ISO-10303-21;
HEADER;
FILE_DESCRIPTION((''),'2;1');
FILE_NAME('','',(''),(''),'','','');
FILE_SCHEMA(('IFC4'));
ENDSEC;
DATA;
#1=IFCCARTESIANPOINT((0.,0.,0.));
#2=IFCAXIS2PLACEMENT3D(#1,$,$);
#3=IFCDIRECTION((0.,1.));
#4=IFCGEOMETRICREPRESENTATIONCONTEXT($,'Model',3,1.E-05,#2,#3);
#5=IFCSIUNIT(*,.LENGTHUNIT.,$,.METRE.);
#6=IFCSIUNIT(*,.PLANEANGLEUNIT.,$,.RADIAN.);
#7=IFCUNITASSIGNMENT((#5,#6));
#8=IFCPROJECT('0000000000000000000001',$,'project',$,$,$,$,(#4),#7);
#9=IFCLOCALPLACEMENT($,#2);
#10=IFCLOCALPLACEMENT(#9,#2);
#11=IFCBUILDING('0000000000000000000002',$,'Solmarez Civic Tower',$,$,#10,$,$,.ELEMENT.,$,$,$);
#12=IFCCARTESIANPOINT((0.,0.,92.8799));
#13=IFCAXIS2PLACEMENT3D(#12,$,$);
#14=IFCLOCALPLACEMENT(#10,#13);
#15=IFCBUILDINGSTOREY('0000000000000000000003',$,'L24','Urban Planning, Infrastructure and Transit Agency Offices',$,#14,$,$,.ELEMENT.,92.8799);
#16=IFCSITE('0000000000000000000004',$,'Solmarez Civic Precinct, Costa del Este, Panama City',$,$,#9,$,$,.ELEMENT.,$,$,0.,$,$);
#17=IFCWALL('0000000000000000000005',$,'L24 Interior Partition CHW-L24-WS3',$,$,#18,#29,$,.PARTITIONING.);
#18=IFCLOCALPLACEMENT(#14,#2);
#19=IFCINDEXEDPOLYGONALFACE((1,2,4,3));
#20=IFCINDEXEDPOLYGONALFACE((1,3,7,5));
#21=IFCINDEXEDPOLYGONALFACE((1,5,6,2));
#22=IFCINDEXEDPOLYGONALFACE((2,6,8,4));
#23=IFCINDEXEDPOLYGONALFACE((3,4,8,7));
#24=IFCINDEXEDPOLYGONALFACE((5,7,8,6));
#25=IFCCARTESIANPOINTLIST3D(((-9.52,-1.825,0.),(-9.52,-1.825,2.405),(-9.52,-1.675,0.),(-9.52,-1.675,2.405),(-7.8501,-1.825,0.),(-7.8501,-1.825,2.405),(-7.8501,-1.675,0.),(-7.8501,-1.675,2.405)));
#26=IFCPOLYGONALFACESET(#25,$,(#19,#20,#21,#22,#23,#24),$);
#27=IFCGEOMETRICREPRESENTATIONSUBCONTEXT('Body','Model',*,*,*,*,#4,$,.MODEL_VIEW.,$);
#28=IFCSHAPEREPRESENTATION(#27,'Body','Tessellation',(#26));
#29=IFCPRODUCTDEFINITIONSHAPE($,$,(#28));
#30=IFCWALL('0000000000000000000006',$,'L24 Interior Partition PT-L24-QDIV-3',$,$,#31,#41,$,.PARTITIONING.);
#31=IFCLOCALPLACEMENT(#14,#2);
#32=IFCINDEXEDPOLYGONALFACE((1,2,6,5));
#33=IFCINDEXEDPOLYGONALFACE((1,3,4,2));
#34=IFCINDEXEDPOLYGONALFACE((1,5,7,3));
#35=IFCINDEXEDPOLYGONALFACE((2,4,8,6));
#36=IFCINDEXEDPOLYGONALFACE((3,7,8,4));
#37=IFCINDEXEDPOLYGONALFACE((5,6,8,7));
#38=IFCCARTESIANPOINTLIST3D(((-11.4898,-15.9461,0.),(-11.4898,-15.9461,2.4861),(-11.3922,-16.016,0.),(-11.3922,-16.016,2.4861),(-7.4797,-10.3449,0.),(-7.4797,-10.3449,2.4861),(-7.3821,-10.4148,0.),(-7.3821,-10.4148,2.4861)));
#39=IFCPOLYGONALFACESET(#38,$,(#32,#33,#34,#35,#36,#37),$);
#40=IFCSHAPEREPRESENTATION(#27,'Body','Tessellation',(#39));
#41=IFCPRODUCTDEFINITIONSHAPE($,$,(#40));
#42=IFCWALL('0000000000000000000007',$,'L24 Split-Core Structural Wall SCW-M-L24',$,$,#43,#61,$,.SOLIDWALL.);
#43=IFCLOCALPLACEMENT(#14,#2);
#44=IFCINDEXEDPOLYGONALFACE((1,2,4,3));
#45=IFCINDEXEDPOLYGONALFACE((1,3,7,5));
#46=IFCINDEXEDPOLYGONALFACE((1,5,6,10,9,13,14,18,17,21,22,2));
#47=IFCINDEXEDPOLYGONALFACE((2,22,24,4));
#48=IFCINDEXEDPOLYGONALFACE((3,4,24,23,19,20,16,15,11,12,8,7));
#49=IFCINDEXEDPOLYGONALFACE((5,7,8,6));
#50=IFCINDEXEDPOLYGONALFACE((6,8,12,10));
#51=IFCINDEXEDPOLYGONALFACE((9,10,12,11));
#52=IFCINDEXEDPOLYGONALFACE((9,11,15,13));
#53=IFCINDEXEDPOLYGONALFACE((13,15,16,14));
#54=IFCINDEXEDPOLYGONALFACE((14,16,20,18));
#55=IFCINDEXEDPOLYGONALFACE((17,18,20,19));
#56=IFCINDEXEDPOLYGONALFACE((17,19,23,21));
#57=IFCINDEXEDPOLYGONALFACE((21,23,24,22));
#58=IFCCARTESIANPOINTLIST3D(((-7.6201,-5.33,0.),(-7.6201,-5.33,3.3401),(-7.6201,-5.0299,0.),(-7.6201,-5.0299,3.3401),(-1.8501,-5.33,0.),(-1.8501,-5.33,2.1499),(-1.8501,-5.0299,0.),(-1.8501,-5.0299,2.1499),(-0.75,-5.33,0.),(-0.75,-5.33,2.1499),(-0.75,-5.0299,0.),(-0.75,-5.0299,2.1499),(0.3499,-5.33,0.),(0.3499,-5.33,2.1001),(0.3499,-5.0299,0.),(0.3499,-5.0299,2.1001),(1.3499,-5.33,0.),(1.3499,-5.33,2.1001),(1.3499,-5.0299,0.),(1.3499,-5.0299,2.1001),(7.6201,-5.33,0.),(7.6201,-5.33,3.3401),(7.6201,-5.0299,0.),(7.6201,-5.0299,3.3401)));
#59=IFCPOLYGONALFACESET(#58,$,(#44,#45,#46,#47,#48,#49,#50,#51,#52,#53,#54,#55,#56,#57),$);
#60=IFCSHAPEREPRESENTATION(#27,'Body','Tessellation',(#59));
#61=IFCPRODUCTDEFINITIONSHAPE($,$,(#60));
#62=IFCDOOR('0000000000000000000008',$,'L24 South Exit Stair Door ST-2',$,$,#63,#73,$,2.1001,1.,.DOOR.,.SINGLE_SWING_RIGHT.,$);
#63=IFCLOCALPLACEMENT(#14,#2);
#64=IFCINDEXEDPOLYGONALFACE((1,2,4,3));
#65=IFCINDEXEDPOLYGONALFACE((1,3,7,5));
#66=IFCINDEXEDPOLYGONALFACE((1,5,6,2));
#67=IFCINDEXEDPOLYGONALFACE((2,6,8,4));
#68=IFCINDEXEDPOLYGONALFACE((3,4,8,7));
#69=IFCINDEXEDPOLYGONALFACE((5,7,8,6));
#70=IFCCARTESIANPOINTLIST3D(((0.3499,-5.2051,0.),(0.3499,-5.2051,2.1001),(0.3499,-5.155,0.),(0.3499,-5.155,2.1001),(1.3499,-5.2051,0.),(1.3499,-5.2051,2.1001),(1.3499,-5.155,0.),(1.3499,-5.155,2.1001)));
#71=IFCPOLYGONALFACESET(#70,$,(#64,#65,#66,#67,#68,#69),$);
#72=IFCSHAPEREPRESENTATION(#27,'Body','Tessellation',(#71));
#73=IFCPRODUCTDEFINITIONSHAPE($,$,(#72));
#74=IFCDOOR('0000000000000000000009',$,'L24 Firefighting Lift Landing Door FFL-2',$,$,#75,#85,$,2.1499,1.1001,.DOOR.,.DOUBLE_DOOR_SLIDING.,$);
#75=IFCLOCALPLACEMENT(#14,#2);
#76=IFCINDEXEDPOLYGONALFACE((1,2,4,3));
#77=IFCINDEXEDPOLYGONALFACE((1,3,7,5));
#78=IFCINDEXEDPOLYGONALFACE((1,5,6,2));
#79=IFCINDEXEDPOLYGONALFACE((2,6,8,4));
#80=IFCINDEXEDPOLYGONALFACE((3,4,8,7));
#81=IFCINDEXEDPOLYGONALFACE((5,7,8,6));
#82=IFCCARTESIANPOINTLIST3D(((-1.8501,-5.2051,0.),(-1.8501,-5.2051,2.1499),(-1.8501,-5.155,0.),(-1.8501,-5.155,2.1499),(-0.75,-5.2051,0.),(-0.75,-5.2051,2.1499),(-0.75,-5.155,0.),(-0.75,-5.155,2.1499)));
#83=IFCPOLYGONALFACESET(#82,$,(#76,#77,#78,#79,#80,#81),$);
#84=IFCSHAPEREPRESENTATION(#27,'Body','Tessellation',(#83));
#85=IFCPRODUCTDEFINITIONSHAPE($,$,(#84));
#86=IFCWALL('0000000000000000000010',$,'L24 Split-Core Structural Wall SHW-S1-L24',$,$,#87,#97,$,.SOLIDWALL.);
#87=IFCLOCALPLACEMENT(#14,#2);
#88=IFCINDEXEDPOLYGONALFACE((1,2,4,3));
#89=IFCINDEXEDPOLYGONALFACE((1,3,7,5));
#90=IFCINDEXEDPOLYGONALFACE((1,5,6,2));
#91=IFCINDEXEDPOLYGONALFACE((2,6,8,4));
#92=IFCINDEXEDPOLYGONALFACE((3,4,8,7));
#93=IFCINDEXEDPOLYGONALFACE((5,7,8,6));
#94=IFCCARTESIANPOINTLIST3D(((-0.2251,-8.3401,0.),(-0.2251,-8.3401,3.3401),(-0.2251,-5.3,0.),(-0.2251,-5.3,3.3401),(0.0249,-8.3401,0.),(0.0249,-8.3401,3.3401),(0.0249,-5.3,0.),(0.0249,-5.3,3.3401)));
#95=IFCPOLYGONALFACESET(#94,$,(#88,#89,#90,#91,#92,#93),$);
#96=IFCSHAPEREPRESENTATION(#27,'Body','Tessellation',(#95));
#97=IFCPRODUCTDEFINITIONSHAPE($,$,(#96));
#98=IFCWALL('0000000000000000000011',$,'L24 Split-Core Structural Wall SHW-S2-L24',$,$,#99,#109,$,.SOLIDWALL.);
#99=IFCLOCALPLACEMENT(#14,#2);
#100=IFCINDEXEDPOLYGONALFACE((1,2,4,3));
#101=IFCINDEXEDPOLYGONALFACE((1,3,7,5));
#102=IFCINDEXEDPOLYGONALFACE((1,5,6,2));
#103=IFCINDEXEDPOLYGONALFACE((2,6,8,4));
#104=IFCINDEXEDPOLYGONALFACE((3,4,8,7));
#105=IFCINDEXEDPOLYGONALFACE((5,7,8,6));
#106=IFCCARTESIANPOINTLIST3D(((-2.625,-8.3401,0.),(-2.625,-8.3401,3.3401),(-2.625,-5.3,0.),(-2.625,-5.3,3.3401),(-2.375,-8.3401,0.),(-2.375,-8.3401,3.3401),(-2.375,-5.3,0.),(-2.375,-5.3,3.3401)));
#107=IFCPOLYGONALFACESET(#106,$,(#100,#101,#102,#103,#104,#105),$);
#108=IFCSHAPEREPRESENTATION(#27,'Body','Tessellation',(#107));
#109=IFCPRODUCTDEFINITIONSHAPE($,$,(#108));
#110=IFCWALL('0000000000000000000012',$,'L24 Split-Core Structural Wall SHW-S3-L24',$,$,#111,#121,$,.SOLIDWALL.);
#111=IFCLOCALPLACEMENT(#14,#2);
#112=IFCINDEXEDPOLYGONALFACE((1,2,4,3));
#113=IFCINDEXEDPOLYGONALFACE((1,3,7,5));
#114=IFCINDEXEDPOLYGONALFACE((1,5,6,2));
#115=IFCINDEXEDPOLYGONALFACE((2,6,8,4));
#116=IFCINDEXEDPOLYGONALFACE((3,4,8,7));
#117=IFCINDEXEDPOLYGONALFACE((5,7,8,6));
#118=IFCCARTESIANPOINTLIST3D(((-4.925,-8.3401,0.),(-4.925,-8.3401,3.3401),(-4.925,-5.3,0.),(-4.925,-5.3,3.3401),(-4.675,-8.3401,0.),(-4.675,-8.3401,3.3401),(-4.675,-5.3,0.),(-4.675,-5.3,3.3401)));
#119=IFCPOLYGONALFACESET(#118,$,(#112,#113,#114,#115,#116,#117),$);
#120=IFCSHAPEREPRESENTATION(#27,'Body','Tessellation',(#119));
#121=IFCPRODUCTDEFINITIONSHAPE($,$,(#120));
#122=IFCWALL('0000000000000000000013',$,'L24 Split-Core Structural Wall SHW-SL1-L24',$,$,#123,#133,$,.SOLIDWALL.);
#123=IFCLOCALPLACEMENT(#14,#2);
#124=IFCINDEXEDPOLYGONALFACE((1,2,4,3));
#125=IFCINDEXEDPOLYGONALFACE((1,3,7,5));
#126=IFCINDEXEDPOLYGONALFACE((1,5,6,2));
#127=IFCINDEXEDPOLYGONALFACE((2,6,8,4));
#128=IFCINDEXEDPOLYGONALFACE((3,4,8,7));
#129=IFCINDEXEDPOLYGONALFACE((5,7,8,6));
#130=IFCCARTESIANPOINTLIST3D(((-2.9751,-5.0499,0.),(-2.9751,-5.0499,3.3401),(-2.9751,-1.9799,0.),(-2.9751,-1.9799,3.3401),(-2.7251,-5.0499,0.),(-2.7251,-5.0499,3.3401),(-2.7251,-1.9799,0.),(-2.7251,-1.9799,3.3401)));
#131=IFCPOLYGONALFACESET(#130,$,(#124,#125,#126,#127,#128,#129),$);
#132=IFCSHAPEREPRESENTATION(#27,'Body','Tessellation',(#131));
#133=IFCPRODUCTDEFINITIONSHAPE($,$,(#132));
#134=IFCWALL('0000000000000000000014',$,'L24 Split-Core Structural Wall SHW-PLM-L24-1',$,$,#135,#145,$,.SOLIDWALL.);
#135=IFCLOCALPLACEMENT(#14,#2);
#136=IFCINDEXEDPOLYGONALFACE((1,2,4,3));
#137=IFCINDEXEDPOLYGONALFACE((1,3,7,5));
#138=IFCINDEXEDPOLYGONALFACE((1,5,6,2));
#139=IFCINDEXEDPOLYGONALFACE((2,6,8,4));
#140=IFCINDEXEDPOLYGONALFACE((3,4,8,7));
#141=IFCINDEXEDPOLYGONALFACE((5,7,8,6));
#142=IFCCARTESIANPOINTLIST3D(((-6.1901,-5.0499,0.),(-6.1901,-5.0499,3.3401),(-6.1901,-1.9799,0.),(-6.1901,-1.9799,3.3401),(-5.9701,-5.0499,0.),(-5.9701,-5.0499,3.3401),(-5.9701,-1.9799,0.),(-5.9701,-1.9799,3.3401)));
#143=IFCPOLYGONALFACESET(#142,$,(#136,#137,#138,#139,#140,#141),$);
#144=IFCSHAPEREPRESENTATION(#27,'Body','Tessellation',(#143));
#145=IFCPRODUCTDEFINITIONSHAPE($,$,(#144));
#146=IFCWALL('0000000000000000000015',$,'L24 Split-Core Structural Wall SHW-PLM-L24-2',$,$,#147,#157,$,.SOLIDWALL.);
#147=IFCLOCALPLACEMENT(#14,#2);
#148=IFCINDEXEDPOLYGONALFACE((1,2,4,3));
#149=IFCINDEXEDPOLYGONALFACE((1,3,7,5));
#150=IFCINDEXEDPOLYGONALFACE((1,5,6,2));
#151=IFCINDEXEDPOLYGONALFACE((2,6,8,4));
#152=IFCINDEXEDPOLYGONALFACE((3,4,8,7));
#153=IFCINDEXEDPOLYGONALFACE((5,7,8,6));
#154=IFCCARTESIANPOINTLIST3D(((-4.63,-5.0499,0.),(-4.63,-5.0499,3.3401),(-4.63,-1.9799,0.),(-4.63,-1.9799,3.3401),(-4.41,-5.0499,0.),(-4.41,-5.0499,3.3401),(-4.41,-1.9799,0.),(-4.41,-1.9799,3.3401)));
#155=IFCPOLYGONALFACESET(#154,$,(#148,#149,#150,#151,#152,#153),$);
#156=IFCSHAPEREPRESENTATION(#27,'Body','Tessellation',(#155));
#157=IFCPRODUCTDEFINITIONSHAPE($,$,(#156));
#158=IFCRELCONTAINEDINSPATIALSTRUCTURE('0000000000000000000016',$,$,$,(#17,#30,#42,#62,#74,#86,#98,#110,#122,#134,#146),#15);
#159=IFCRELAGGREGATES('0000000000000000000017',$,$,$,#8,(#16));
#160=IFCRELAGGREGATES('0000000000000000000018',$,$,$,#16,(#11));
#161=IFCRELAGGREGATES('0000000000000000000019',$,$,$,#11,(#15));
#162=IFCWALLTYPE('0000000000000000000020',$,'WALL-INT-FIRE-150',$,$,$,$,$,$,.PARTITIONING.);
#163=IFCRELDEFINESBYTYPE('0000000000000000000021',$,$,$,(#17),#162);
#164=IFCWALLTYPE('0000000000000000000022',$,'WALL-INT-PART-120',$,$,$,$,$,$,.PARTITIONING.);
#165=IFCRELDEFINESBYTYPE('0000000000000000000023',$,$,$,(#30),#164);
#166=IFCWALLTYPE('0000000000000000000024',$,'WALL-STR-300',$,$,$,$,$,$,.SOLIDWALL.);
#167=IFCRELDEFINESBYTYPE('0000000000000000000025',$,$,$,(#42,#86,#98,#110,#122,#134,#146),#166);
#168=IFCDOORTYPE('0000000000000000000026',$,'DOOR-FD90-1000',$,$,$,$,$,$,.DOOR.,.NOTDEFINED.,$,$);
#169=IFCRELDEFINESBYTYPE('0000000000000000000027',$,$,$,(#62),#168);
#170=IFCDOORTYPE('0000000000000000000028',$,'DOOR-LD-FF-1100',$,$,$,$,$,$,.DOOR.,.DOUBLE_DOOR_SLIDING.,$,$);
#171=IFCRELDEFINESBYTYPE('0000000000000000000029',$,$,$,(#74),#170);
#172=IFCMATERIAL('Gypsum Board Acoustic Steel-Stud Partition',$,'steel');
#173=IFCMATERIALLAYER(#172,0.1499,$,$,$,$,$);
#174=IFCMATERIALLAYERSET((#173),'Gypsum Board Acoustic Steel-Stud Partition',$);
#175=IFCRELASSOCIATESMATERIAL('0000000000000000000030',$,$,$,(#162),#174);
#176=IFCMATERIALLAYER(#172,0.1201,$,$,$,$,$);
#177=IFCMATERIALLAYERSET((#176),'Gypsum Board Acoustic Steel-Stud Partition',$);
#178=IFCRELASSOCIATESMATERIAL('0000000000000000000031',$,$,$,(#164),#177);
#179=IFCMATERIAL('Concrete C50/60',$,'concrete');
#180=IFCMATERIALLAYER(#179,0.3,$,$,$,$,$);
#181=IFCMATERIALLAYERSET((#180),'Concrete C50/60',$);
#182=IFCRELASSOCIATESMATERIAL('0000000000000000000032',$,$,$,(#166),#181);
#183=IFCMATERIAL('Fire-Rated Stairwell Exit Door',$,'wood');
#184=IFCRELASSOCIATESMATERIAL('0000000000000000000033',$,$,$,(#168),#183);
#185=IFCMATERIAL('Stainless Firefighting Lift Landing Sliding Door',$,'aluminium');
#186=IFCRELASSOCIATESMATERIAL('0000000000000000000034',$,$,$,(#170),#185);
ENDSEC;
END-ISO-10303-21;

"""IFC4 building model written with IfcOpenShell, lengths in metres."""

from ifc_helpers import new_model, si_unit, direction, frame, frame_2d, origin, place, context, subcontext, project, spatial, rectangle, extrude, material, layer, layer_set, type_object, element, fill, save


model = new_model("IFC4")

# Units and contexts
model_context = context("Model", 3, precision=1e-05, world=origin(), true_north=direction((0.0, 1.0)))
body_context = subcontext(model_context, "Body", "Model", "MODEL_VIEW")
ifc_project = project(units=[si_unit("LENGTHUNIT", "METRE"), si_unit("PLANEANGLEUNIT", "RADIAN")], contexts=[model_context])

# Site, building, storey
site_placement = place(None, origin())
site = spatial("IfcSite", under=ifc_project, at=site_placement, Name="Solmarez Civic Precinct, Costa del Este, Panama City", CompositionType="ELEMENT", RefElevation=0.0)
building_placement = place(site_placement, origin())
building = spatial("IfcBuilding", under=site, at=building_placement, Name="Solmarez Civic Tower", CompositionType="ELEMENT")
storey_placement = place(building_placement, frame((0.0, 0.0, 92.8799)))
storey = spatial("IfcBuildingStorey", under=building, at=storey_placement, Name="L24", Description="Urban Planning, Infrastructure and Transit Agency Offices", CompositionType="ELEMENT", Elevation=92.8799)

# Shared definitions
ifc_material_1 = material(Name="Concrete C50/60", Category="concrete")

# Walls
ifc_material_2 = material(Name="Gypsum Board Acoustic Steel-Stud Partition", Category="steel")
ifc_layer_1 = layer(ifc_material_2, 0.1499)
ifc_layer_set_1 = layer_set([ifc_layer_1], Name="Gypsum Board Acoustic Steel-Stud Partition")
wall_type_1 = type_object("IfcWallType", Name="WALL-INT-FIRE-150", PredefinedType="PARTITIONING", material=ifc_layer_set_1)
wall_1_placement = place(storey_placement, frame((-7.8501, -1.75, 0.0), z_axis=(0.0, 0.0, 1.0), x_axis=(-1.0, 0.0, 0.0)))
element("IfcWall", 1, at=wall_1_placement, inside=storey, type_object=wall_type_1, Name="L24 Interior Partition CHW-L24-WS3", PredefinedType="PARTITIONING", context=body_context, shape_type="SweptSolid", body=[
    extrude(rectangle(XDim=1.6699, YDim=0.1499, at=frame_2d((0.835, 0.0))), origin(), (0.0, 0.0, 1.0), 2.405),
])
ifc_layer_2 = layer(ifc_material_2, 0.1201)
ifc_layer_set_2 = layer_set([ifc_layer_2], Name="Gypsum Board Acoustic Steel-Stud Partition")
wall_type_2 = type_object("IfcWallType", Name="WALL-INT-PART-120", PredefinedType="PARTITIONING", material=ifc_layer_set_2)
wall_2_placement = place(storey_placement, frame((-7.4309, -10.3799, 0.0), z_axis=(0.0, 0.0, 1.0), x_axis=(-0.582126, -0.813098, 0.0)))
element("IfcWall", 2, at=wall_2_placement, inside=storey, type_object=wall_type_2, Name="L24 Interior Partition PT-L24-QDIV-3", PredefinedType="PARTITIONING", context=body_context, shape_type="SweptSolid", body=[
    extrude(rectangle(XDim=6.8887, YDim=0.1201, at=frame_2d((3.4443, 0.0))), origin(), (0.0, 0.0, 1.0), 2.4861),
])

# Wall, openings, doors
ifc_layer_3 = layer(ifc_material_1, 0.3)
ifc_layer_set_3 = layer_set([ifc_layer_3], Name="Concrete C50/60")
wall_type_3 = type_object("IfcWallType", Name="WALL-STR-300", PredefinedType="SOLIDWALL", material=ifc_layer_set_3)
wall_3_placement = place(storey_placement, frame((-7.6201, -5.1799, 0.0), z_axis=(0.0, 0.0, 1.0), x_axis=(1.0, 0.0, 0.0)))
wall_3 = element("IfcWall", 3, at=wall_3_placement, inside=storey, type_object=wall_type_3, Name="L24 Split-Core Structural Wall SCW-M-L24", PredefinedType="SOLIDWALL", context=body_context, shape_type="SweptSolid", body=[
    extrude(rectangle(XDim=15.2402, YDim=0.3, at=frame_2d((7.6201, 0.0))), origin(), (0.0, 0.0, 1.0), 3.3401),
])
opening_1_placement = place(wall_3_placement, frame((5.77, 0.0, 0.0)))
opening_1 = element("IfcOpeningElement", 4, at=opening_1_placement, cuts=wall_3, PredefinedType="OPENING", context=body_context, shape_type="SweptSolid", body=[
    extrude(rectangle(XDim=1.1001, YDim=2.1499, at=frame_2d((0.55, 1.075))), frame((0.0, 0.1599, 0.0), z_axis=(0.0, -1.0, 0.0), x_axis=(1.0, 0.0, 0.0)), (0.0, 0.0, 1.0), 0.3201),
])
opening_2_placement = place(wall_3_placement, frame((7.97, 0.0, 0.0)))
opening_2 = element("IfcOpeningElement", 5, at=opening_2_placement, cuts=wall_3, PredefinedType="OPENING", context=body_context, shape_type="SweptSolid", body=[
    extrude(rectangle(XDim=1.0, YDim=2.1001, at=frame_2d((0.5, 1.05))), frame((0.0, 0.1599, 0.0), z_axis=(0.0, -1.0, 0.0), x_axis=(1.0, 0.0, 0.0)), (0.0, 0.0, 1.0), 0.3201),
])
ifc_material_3 = material(Name="Fire-Rated Stairwell Exit Door", Category="wood")
door_type_1 = type_object("IfcDoorType", Name="DOOR-FD90-1000", OperationType="NOTDEFINED", PredefinedType="DOOR", material=ifc_material_3)
door_1_placement = place(opening_2_placement, origin())
door_1 = element("IfcDoor", 6, at=door_1_placement, inside=storey, type_object=door_type_1, Name="L24 South Exit Stair Door ST-2", OperationType="SINGLE_SWING_RIGHT", OverallHeight=2.1001, OverallWidth=1.0, PredefinedType="DOOR", context=body_context, shape_type="SweptSolid", body=[
    extrude(rectangle(XDim=1.0, YDim=2.1001, at=frame_2d((0.5, 1.05))), frame((0.0, 0.0249, 0.0), z_axis=(0.0, -1.0, 0.0), x_axis=(1.0, 0.0, 0.0)), (0.0, 0.0, 1.0), 0.05),
])
fill(opening_2, door_1)
ifc_material_4 = material(Name="Stainless Firefighting Lift Landing Sliding Door", Category="aluminium")
door_type_2 = type_object("IfcDoorType", Name="DOOR-LD-FF-1100", OperationType="DOUBLE_DOOR_SLIDING", PredefinedType="DOOR", material=ifc_material_4)
door_2_placement = place(opening_1_placement, origin())
door_2 = element("IfcDoor", 7, at=door_2_placement, inside=storey, type_object=door_type_2, Name="L24 Firefighting Lift Landing Door FFL-2", OperationType="DOUBLE_DOOR_SLIDING", OverallHeight=2.1499, OverallWidth=1.1001, PredefinedType="DOOR", context=body_context, shape_type="SweptSolid", body=[
    extrude(rectangle(XDim=1.1001, YDim=2.1499, at=frame_2d((0.55, 1.075))), frame((0.0, 0.0249, 0.0), z_axis=(0.0, -1.0, 0.0), x_axis=(1.0, 0.0, 0.0)), (0.0, 0.0, 1.0), 0.05),
])
fill(opening_1, door_2)

# Walls
for number, where, z_axis, x_axis, name in (
    (8, (-0.1001, -8.3401, 0.0), (0.0, 0.0, 1.0), (0.0, 1.0, 0.0), "L24 Split-Core Structural Wall SHW-S1-L24"),
    (9, (-2.5, -8.3401, 0.0), (0.0, 0.0, 1.0), (0.0, 1.0, 0.0), "L24 Split-Core Structural Wall SHW-S2-L24"),
    (10, (-4.8, -8.3401, 0.0), (0.0, 0.0, 1.0), (0.0, 1.0, 0.0), "L24 Split-Core Structural Wall SHW-S3-L24"),
):
    element("IfcWall", number, at=place(storey_placement, frame(where, z_axis=z_axis, x_axis=x_axis)), inside=storey, type_object=wall_type_3, Name=name, PredefinedType="SOLIDWALL", context=body_context, shape_type="SweptSolid", body=[
        extrude(rectangle(XDim=3.04, YDim=0.25, at=frame_2d((1.52, 0.0))), origin(), (0.0, 0.0, 1.0), 3.3401),
    ])
wall_4_placement = place(storey_placement, frame((-2.8501, -5.05, 0.0), z_axis=(0.0, 0.0, 1.0), x_axis=(0.0, 1.0, 0.0)))
element("IfcWall", 11, at=wall_4_placement, inside=storey, type_object=wall_type_3, Name="L24 Split-Core Structural Wall SHW-SL1-L24", PredefinedType="SOLIDWALL", context=body_context, shape_type="SweptSolid", body=[
    extrude(rectangle(XDim=3.0701, YDim=0.25, at=frame_2d((1.5352, 0.0))), origin(), (0.0, 0.0, 1.0), 3.3401),
])
for number, where, z_axis, x_axis, name in (
    (12, (-6.0801, -5.05, 0.0), (0.0, 0.0, 1.0), (0.0, 1.0, 0.0), "L24 Split-Core Structural Wall SHW-PLM-L24-1"),
    (13, (-4.52, -5.05, 0.0), (0.0, 0.0, 1.0), (0.0, 1.0, 0.0), "L24 Split-Core Structural Wall SHW-PLM-L24-2"),
):
    element("IfcWall", number, at=place(storey_placement, frame(where, z_axis=z_axis, x_axis=x_axis)), inside=storey, type_object=wall_type_3, Name=name, PredefinedType="SOLIDWALL", context=body_context, shape_type="SweptSolid", body=[
        extrude(rectangle(XDim=3.0701, YDim=0.22, at=frame_2d((1.5352, 0.0))), origin(), (0.0, 0.0, 1.0), 3.3401),
    ])

save(model, "model.ifc")
